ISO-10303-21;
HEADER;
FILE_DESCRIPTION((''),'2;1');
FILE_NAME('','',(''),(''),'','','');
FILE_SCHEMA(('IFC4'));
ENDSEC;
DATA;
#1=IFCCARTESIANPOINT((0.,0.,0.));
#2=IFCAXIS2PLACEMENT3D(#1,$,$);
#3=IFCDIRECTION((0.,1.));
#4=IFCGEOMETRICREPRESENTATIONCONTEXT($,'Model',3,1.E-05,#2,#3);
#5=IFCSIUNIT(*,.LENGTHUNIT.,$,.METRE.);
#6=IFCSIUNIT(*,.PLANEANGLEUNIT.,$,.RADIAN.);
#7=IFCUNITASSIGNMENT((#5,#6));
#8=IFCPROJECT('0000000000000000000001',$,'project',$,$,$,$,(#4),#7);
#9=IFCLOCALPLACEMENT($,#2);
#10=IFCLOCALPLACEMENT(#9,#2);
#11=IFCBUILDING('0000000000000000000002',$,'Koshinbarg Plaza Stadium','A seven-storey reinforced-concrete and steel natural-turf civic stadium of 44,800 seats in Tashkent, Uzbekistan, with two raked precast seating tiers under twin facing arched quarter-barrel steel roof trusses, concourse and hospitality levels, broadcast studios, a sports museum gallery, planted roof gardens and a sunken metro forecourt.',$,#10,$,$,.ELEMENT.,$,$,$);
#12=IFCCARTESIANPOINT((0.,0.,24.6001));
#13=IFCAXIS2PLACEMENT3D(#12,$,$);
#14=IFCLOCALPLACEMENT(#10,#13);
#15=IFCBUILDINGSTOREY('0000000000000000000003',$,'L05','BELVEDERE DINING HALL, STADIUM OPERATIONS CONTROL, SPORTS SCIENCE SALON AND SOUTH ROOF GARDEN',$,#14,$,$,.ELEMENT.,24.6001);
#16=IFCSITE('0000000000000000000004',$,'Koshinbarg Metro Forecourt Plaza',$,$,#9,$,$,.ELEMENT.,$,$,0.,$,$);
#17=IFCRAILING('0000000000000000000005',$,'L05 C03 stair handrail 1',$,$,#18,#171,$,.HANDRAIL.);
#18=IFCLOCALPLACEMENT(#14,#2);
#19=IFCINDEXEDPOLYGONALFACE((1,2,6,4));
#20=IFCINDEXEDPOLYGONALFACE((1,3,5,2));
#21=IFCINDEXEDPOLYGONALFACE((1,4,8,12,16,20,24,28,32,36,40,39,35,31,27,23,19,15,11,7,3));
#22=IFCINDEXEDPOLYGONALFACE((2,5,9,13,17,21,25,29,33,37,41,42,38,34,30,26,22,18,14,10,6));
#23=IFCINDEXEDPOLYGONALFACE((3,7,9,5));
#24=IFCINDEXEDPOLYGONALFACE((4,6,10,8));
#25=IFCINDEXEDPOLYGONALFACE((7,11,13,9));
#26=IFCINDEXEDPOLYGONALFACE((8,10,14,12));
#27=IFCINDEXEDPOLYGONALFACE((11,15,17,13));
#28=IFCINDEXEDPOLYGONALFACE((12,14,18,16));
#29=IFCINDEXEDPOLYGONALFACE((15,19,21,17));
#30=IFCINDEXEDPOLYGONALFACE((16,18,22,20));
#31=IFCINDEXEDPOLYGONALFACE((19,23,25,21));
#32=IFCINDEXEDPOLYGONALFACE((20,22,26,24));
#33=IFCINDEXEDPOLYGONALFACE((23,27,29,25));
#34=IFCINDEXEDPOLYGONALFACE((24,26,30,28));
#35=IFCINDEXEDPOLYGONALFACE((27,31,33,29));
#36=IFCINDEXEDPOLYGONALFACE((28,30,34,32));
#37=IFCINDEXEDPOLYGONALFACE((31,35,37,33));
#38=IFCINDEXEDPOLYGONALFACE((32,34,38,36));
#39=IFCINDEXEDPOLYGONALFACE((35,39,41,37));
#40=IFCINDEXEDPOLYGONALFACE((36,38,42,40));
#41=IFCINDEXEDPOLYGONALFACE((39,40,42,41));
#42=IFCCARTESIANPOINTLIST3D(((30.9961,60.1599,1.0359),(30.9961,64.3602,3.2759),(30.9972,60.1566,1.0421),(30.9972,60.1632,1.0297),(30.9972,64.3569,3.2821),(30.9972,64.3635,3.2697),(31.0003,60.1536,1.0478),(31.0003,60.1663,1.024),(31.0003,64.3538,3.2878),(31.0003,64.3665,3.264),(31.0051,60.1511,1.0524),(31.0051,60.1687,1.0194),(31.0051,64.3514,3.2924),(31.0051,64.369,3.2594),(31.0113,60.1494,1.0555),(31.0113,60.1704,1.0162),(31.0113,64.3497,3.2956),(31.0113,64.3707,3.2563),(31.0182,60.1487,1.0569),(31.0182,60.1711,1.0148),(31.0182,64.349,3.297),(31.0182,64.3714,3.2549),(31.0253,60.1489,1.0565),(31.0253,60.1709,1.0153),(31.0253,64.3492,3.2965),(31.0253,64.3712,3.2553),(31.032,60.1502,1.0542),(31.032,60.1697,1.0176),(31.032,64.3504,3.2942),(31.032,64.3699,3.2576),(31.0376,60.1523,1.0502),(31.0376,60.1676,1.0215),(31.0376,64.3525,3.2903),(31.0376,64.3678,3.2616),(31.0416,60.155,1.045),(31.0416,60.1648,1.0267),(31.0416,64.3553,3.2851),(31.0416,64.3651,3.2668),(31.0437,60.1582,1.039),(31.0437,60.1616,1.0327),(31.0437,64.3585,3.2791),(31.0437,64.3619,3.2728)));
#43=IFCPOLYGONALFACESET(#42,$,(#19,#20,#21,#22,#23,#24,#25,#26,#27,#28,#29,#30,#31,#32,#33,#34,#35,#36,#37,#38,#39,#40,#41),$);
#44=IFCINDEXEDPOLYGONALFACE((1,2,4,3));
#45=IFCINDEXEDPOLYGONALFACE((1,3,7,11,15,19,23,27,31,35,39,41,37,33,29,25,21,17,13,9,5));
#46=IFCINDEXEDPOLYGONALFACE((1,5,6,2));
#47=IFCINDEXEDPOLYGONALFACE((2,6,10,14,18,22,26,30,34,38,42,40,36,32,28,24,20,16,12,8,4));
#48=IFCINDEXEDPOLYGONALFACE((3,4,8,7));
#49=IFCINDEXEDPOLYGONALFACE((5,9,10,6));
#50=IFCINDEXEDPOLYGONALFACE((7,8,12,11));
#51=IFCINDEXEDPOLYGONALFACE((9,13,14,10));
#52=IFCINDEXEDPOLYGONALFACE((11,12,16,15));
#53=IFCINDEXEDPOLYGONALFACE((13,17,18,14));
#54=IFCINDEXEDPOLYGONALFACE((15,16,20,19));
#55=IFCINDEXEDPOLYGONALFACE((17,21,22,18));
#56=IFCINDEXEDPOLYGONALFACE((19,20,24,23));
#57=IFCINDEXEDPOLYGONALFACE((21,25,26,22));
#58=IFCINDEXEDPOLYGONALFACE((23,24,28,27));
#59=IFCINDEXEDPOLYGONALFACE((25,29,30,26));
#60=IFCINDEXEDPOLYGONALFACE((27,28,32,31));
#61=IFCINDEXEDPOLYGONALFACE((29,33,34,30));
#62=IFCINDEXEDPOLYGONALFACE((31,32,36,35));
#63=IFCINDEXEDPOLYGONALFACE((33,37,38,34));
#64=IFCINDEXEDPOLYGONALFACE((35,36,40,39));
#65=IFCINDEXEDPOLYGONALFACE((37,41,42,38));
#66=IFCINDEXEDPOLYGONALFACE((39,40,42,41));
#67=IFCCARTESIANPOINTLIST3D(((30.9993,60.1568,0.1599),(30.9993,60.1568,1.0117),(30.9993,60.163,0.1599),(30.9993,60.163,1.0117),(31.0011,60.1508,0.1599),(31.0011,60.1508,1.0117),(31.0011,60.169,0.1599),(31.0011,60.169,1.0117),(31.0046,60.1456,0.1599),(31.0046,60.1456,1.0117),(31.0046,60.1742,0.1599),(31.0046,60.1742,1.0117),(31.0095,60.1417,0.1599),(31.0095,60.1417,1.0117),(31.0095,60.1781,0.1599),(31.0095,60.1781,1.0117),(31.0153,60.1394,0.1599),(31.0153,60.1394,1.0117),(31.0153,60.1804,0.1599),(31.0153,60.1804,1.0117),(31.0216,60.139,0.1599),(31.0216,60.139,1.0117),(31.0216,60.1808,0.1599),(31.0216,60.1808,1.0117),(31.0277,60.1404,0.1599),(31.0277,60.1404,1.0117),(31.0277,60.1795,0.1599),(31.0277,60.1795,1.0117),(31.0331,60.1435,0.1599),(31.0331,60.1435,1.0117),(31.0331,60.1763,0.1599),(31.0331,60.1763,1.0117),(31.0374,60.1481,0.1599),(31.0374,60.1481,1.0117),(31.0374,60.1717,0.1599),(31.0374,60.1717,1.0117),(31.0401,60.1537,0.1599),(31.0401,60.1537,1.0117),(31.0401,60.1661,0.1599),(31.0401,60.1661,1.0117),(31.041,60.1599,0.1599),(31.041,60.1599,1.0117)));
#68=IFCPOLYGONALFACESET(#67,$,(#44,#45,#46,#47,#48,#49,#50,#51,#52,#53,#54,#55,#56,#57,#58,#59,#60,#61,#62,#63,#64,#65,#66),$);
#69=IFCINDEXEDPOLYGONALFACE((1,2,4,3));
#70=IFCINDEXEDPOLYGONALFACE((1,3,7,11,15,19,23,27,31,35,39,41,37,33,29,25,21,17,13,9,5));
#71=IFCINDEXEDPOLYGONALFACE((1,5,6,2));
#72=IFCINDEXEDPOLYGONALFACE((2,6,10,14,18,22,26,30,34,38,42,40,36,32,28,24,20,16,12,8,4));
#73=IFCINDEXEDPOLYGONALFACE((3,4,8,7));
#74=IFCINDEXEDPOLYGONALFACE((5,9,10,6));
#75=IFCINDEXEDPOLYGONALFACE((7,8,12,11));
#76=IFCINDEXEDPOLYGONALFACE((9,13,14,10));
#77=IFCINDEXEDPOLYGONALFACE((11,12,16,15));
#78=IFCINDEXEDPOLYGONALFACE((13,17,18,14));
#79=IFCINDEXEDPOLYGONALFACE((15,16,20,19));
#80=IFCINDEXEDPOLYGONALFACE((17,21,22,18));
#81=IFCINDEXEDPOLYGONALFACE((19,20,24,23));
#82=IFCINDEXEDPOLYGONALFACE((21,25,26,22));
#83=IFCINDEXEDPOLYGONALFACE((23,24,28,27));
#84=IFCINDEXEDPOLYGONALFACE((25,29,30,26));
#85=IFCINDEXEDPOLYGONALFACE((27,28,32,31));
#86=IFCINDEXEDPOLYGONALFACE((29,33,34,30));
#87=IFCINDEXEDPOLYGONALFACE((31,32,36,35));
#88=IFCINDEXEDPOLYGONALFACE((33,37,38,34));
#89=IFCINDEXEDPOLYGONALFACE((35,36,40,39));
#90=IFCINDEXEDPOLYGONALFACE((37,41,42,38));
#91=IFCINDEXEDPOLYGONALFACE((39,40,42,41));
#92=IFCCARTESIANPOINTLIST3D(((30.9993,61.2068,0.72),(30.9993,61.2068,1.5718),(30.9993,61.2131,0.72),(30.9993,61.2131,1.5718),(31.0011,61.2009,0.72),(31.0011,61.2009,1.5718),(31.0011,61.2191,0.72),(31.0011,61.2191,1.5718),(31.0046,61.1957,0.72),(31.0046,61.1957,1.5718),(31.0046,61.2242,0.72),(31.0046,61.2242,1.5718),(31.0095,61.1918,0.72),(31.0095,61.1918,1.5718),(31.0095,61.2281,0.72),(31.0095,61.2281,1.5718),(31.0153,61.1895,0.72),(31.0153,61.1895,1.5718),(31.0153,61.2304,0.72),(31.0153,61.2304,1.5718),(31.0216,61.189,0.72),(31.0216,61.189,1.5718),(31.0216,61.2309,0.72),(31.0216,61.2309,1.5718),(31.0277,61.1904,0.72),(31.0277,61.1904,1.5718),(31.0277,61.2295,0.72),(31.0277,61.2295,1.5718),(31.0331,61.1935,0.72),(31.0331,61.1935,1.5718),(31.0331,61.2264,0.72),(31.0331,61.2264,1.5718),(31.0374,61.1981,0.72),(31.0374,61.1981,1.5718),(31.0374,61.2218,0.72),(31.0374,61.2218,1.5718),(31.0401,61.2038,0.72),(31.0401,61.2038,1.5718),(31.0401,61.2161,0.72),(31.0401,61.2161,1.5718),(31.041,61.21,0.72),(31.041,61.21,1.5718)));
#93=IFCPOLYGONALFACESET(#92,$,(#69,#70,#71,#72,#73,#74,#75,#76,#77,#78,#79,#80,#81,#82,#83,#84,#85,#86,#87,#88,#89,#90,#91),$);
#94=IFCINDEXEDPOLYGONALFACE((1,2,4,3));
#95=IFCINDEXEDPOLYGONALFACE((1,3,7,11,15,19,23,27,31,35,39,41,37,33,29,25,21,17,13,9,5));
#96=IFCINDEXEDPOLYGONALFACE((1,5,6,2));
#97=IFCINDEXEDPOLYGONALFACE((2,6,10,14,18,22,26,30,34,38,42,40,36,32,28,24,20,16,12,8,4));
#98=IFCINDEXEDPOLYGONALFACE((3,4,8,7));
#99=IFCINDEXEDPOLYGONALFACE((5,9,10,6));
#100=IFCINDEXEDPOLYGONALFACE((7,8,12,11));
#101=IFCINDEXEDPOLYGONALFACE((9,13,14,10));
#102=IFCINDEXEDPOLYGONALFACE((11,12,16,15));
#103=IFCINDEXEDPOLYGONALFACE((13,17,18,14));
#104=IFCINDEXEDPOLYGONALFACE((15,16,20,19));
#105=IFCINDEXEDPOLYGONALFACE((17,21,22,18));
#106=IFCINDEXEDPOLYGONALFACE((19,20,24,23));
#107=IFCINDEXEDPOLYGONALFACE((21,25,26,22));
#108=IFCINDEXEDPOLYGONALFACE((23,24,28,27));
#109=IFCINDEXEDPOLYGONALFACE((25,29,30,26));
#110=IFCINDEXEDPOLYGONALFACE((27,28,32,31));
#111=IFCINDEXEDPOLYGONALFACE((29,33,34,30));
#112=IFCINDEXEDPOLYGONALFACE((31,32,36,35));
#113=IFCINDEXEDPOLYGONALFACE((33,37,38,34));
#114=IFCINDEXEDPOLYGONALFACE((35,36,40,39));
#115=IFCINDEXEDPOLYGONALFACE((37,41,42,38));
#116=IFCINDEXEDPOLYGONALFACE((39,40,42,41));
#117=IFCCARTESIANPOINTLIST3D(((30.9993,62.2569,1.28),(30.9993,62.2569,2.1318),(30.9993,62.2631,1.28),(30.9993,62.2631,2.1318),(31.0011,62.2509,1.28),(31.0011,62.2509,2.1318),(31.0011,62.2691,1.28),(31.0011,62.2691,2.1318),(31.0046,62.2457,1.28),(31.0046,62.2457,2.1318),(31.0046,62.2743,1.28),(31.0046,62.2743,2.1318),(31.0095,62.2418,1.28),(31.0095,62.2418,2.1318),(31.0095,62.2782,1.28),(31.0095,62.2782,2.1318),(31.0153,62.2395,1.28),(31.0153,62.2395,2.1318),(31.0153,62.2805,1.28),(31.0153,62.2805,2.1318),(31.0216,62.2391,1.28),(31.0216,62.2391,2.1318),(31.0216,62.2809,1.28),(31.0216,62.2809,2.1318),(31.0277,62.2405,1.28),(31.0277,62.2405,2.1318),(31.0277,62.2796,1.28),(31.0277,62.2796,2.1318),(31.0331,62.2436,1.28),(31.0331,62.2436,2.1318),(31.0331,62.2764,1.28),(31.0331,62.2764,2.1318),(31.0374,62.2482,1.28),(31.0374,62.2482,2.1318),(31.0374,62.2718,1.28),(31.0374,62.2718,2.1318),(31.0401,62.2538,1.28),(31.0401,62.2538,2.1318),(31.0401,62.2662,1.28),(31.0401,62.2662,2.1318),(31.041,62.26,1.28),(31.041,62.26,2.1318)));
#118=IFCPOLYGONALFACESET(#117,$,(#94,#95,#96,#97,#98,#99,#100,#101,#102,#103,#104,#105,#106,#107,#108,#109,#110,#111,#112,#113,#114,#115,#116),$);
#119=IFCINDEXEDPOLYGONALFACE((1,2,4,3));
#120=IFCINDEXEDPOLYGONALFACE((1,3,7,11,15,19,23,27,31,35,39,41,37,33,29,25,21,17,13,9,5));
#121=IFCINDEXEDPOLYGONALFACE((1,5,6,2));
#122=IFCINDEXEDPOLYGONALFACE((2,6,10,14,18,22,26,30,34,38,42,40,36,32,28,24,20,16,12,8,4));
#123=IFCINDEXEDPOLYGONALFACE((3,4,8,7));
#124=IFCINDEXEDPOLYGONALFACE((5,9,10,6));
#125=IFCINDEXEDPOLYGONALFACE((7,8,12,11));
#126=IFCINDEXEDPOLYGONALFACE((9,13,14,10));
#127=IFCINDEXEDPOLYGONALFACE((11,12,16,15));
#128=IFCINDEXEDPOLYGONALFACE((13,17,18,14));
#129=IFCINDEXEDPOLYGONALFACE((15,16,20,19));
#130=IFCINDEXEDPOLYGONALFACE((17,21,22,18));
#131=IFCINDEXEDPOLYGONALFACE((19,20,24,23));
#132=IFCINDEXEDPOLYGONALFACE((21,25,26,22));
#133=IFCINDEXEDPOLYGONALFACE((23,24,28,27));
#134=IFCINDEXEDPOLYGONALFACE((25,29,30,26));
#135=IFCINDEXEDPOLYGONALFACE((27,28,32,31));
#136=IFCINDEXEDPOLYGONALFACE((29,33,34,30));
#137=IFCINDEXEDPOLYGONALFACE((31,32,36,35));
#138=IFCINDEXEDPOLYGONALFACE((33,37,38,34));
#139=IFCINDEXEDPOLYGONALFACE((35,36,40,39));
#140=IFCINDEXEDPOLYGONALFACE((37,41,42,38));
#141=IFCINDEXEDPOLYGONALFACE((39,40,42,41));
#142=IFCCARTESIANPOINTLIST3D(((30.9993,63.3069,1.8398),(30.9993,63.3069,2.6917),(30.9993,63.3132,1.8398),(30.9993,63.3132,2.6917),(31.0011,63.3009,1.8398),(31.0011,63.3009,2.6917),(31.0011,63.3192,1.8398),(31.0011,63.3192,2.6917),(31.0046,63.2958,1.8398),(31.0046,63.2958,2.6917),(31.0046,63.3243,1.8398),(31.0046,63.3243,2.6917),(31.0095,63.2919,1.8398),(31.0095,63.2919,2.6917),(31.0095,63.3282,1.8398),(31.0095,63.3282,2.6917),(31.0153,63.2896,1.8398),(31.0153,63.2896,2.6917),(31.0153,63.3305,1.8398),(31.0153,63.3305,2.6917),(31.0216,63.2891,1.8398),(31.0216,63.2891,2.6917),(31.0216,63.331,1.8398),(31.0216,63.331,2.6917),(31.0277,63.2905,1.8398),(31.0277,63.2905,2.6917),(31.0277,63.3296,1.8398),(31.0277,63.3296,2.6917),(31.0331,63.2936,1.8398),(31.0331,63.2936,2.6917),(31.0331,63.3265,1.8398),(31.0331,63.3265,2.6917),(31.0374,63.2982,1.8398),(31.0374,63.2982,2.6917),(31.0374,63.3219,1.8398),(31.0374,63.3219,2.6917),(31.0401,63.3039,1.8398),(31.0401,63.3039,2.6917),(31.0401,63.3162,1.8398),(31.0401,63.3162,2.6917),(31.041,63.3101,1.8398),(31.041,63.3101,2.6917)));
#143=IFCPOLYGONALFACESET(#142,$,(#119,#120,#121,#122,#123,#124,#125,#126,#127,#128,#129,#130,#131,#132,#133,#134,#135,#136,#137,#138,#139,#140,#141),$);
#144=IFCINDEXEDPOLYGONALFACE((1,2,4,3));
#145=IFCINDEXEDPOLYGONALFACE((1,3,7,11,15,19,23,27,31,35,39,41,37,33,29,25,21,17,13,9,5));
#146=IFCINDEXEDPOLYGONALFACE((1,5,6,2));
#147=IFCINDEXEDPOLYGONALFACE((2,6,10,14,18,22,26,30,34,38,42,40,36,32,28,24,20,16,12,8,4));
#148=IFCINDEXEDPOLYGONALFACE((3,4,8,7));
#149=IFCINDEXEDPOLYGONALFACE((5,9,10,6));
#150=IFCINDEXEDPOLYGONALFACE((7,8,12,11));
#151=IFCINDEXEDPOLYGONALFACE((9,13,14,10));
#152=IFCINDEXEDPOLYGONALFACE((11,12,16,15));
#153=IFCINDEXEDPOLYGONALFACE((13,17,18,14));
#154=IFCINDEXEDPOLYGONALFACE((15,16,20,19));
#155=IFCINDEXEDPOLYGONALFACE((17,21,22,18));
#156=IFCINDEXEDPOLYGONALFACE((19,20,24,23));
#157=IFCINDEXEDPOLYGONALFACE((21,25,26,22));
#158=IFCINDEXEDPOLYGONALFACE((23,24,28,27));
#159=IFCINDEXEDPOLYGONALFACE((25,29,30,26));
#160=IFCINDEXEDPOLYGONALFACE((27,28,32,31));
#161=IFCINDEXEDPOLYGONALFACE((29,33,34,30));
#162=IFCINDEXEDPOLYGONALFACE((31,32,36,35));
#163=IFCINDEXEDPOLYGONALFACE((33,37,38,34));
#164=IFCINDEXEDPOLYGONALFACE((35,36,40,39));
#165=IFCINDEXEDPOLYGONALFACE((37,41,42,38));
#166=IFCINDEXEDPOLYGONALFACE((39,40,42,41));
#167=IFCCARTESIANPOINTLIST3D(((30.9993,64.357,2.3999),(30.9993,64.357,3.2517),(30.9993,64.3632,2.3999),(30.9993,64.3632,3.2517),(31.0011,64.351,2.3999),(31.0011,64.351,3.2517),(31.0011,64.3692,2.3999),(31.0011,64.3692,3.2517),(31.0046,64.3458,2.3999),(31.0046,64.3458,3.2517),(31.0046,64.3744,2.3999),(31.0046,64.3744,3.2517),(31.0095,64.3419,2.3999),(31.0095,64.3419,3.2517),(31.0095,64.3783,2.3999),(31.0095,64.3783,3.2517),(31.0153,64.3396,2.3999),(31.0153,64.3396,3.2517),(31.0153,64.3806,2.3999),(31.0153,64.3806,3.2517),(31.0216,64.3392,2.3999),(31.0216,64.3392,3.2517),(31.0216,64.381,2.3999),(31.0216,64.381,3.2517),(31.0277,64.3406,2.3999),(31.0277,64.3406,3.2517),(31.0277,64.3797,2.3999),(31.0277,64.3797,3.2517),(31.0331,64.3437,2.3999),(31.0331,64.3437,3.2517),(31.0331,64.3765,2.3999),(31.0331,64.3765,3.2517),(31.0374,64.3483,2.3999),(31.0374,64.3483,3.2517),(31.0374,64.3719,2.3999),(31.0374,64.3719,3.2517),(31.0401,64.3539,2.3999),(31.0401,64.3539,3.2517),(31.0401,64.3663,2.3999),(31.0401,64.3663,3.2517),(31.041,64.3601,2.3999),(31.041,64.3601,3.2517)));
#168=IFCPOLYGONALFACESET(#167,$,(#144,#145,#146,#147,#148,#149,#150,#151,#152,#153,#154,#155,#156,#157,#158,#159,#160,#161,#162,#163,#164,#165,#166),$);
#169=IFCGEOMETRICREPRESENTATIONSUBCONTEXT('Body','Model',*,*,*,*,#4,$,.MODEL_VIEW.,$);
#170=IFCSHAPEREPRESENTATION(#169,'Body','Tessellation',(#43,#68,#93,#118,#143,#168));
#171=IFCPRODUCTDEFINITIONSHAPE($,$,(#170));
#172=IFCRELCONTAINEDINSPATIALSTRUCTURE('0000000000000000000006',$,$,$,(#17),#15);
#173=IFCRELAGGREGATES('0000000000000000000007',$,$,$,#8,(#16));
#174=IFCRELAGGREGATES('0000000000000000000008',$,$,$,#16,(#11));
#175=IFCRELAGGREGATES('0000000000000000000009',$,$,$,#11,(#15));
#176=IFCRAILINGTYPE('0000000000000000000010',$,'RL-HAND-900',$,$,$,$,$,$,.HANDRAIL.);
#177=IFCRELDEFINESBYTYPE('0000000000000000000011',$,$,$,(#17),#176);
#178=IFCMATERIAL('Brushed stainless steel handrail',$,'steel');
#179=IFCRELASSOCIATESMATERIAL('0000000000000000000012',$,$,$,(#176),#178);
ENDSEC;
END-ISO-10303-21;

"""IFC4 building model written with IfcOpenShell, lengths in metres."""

from ifc_helpers import new_model, si_unit, direction, frame, origin, origin_2d, place, context, subcontext, project, spatial, circle, extrude, material, type_object, element, save


model = new_model("IFC4")

# Units and contexts
model_context = context("Model", 3, precision=1e-05, world=origin(), true_north=direction((0.0, 1.0)))
body_context = subcontext(model_context, "Body", "Model", "MODEL_VIEW")
ifc_project = project(units=[si_unit("LENGTHUNIT", "METRE"), si_unit("PLANEANGLEUNIT", "RADIAN")], contexts=[model_context])

# Site, building, storey
site_placement = place(None, origin())
site = spatial("IfcSite", under=ifc_project, at=site_placement, Name="Koshinbarg Metro Forecourt Plaza", CompositionType="ELEMENT", RefElevation=0.0)
building_placement = place(site_placement, origin())
building = spatial("IfcBuilding", under=site, at=building_placement, Name="Koshinbarg Plaza Stadium", Description="A seven-storey reinforced-concrete and steel natural-turf civic stadium of 44,800 seats in Tashkent, Uzbekistan, with two raked precast seating tiers under twin facing arched quarter-barrel steel roof trusses, concourse and hospitality levels, broadcast studios, a sports museum gallery, planted roof gardens and a sunken metro forecourt.", CompositionType="ELEMENT")
storey_placement = place(building_placement, frame((0.0, 0.0, 24.6001)))
storey = spatial("IfcBuildingStorey", under=building, at=storey_placement, Name="L05", Description="BELVEDERE DINING HALL, STADIUM OPERATIONS CONTROL, SPORTS SCIENCE SALON AND SOUTH ROOF GARDEN", CompositionType="ELEMENT", Elevation=24.6001)

# Railing
ifc_material_1 = material(Name="Brushed stainless steel handrail", Category="steel")
railing_type_1 = type_object("IfcRailingType", Name="RL-HAND-900", PredefinedType="HANDRAIL", material=ifc_material_1)
railing_1_placement = place(storey_placement, frame((31.02, 60.1599, 0.1599)))
element("IfcRailing", 1, at=railing_1_placement, inside=storey, type_object=railing_type_1, Name="L05 C03 stair handrail 1", PredefinedType="HANDRAIL", context=body_context, shape_type="SweptSolid", body=[
    extrude(circle(Radius=0.0239, at=origin_2d()), frame((0.0, 0.0, 0.876), z_axis=(0.0, 0.882363, 0.47057), x_axis=(-1.0, 0.0, 0.0)), (0.0, 0.0, 1.0), 4.7603),
    extrude(circle(Radius=0.021, at=origin_2d()), origin(), (0.0, 0.0, 1.0), 0.8518),
    extrude(circle(Radius=0.021, at=origin_2d()), frame((0.0, 1.05, 0.5601)), (0.0, 0.0, 1.0), 0.8518),
    extrude(circle(Radius=0.021, at=origin_2d()), frame((0.0, 2.1001, 1.1201)), (0.0, 0.0, 1.0), 0.8518),
    extrude(circle(Radius=0.021, at=origin_2d()), frame((0.0, 3.1501, 1.6799)), (0.0, 0.0, 1.0), 0.8518),
    extrude(circle(Radius=0.021, at=origin_2d()), frame((0.0, 4.2002, 2.24)), (0.0, 0.0, 1.0), 0.8518),
])

save(model, "model.ifc")
